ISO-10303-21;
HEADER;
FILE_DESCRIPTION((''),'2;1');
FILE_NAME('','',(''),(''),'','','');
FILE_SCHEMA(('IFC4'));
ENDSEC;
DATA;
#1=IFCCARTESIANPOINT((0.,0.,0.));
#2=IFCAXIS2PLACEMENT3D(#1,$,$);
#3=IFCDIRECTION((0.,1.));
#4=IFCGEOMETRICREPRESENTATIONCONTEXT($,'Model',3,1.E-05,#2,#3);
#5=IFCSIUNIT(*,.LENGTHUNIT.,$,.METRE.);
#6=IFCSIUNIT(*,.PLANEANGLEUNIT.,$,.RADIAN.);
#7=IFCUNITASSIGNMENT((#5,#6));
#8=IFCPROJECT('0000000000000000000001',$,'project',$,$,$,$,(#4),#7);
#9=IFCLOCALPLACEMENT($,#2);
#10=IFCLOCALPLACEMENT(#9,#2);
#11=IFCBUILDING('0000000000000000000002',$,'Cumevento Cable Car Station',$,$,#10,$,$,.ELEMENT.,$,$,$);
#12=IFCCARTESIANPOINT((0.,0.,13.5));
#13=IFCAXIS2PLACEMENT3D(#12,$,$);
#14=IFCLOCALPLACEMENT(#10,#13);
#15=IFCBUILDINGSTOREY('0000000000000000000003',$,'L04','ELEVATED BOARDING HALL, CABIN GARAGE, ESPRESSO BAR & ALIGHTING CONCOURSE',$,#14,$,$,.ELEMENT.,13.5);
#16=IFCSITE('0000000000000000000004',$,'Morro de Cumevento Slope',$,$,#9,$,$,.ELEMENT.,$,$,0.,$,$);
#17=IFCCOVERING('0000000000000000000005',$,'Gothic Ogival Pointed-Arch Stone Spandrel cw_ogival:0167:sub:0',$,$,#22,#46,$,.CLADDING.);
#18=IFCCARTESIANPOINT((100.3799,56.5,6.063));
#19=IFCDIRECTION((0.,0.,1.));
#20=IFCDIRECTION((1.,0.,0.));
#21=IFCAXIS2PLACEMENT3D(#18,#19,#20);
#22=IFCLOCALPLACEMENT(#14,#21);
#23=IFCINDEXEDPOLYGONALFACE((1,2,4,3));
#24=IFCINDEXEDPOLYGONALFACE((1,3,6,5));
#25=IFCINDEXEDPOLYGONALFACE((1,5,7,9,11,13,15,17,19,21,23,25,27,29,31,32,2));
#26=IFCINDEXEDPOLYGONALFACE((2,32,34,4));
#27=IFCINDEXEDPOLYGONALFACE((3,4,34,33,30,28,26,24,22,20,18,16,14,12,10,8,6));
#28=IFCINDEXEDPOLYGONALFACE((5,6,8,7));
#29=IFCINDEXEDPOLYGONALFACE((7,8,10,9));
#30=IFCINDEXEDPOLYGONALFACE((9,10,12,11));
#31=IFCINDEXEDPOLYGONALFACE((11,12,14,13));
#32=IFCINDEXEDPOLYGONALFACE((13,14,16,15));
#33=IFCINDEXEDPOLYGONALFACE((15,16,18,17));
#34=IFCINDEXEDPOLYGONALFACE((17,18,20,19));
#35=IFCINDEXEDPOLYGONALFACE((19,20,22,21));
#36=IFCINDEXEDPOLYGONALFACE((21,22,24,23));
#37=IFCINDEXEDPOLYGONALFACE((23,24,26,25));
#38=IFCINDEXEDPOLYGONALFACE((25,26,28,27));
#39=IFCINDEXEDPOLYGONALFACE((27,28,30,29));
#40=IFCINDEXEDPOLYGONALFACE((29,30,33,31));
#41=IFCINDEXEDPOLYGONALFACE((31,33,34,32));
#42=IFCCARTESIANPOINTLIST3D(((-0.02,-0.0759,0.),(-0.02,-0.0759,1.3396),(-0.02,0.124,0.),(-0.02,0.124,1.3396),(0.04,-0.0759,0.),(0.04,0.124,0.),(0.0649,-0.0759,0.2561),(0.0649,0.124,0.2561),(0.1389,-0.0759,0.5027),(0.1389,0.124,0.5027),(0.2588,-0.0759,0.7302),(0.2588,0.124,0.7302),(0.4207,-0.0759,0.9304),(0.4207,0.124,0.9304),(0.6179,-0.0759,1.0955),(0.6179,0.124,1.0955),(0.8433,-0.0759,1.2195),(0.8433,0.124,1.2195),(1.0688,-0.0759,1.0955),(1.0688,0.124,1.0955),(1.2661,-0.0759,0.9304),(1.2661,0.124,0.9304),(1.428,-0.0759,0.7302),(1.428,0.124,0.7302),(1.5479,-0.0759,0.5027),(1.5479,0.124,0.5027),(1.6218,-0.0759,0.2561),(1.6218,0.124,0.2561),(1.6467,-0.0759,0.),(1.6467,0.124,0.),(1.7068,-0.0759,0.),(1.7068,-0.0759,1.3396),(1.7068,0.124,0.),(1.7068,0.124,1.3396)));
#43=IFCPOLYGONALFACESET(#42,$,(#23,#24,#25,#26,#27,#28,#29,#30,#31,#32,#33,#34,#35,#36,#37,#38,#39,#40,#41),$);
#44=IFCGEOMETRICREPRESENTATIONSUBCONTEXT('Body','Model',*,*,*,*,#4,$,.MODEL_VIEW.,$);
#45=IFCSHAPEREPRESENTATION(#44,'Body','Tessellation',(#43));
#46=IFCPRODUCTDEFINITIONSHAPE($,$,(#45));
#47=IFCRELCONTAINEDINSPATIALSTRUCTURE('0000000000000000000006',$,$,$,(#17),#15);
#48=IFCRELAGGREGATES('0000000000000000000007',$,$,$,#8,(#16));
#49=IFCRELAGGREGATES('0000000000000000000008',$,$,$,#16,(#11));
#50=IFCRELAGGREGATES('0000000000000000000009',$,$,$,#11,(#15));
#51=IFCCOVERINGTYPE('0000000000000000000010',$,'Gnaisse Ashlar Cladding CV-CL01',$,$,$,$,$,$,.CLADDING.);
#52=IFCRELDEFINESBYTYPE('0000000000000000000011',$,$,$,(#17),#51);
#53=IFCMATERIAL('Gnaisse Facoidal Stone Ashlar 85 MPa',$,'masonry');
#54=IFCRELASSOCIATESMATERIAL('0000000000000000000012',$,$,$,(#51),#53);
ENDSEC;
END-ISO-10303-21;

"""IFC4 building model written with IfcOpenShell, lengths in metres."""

from ifc_helpers import new_model, si_unit, direction, frame, origin, place, context, subcontext, project, spatial, polyline, outline, extrude, material, type_object, element, save


model = new_model("IFC4")

# Units and contexts
model_context = context("Model", 3, precision=1e-05, world=origin(), true_north=direction((0.0, 1.0)))
body_context = subcontext(model_context, "Body", "Model", "MODEL_VIEW")
ifc_project = project(units=[si_unit("LENGTHUNIT", "METRE"), si_unit("PLANEANGLEUNIT", "RADIAN")], contexts=[model_context])

# Site, building, storey
site_placement = place(None, origin())
site = spatial("IfcSite", under=ifc_project, at=site_placement, Name="Morro de Cumevento Slope", CompositionType="ELEMENT", RefElevation=0.0)
building_placement = place(site_placement, origin())
building = spatial("IfcBuilding", under=site, at=building_placement, Name="Cumevento Cable Car Station", CompositionType="ELEMENT")
storey_placement = place(building_placement, frame((0.0, 0.0, 13.5)))
storey = spatial("IfcBuildingStorey", under=building, at=storey_placement, Name="L04", Description="ELEVATED BOARDING HALL, CABIN GARAGE, ESPRESSO BAR & ALIGHTING CONCOURSE", CompositionType="ELEMENT", Elevation=13.5)

# Covering
ifc_material_1 = material(Name="Gnaisse Facoidal Stone Ashlar 85 MPa", Category="masonry")
covering_type = type_object("IfcCoveringType", Name="Gnaisse Ashlar Cladding CV-CL01", PredefinedType="CLADDING", material=ifc_material_1)
covering_1_placement = place(storey_placement, frame((100.3799, 56.5, 6.063), z_axis=(0.0, 0.0, 1.0), x_axis=(1.0, 0.0, 0.0)))
element("IfcCovering", 1, at=covering_1_placement, inside=storey, type_object=covering_type, Name="Gothic Ogival Pointed-Arch Stone Spandrel cw_ogival:0167:sub:0", PredefinedType="CLADDING", context=body_context, shape_type="SweptSolid", body=[
    extrude(outline(polyline([(-0.02, 0.0), (-0.02, 1.3396), (1.7068, 1.3396), (1.7068, 0.0), (1.6467, 0.0), (1.6218, 0.2561), (1.5479, 0.5027), (1.428, 0.7302), (1.2661, 0.9304), (1.0688, 1.0955), (0.8433, 1.2195), (0.6179, 1.0955), (0.4207, 0.9304), (0.2588, 0.7302), (0.1389, 0.5027), (0.0649, 0.2561), (0.04, 0.0), (-0.02, 0.0)])), frame((0.0, 0.124, 0.0), z_axis=(0.0, -1.0, 0.0), x_axis=(1.0, 0.0, 0.0)), (0.0, 0.0, 1.0), 0.2),
])

save(model, "model.ifc")
